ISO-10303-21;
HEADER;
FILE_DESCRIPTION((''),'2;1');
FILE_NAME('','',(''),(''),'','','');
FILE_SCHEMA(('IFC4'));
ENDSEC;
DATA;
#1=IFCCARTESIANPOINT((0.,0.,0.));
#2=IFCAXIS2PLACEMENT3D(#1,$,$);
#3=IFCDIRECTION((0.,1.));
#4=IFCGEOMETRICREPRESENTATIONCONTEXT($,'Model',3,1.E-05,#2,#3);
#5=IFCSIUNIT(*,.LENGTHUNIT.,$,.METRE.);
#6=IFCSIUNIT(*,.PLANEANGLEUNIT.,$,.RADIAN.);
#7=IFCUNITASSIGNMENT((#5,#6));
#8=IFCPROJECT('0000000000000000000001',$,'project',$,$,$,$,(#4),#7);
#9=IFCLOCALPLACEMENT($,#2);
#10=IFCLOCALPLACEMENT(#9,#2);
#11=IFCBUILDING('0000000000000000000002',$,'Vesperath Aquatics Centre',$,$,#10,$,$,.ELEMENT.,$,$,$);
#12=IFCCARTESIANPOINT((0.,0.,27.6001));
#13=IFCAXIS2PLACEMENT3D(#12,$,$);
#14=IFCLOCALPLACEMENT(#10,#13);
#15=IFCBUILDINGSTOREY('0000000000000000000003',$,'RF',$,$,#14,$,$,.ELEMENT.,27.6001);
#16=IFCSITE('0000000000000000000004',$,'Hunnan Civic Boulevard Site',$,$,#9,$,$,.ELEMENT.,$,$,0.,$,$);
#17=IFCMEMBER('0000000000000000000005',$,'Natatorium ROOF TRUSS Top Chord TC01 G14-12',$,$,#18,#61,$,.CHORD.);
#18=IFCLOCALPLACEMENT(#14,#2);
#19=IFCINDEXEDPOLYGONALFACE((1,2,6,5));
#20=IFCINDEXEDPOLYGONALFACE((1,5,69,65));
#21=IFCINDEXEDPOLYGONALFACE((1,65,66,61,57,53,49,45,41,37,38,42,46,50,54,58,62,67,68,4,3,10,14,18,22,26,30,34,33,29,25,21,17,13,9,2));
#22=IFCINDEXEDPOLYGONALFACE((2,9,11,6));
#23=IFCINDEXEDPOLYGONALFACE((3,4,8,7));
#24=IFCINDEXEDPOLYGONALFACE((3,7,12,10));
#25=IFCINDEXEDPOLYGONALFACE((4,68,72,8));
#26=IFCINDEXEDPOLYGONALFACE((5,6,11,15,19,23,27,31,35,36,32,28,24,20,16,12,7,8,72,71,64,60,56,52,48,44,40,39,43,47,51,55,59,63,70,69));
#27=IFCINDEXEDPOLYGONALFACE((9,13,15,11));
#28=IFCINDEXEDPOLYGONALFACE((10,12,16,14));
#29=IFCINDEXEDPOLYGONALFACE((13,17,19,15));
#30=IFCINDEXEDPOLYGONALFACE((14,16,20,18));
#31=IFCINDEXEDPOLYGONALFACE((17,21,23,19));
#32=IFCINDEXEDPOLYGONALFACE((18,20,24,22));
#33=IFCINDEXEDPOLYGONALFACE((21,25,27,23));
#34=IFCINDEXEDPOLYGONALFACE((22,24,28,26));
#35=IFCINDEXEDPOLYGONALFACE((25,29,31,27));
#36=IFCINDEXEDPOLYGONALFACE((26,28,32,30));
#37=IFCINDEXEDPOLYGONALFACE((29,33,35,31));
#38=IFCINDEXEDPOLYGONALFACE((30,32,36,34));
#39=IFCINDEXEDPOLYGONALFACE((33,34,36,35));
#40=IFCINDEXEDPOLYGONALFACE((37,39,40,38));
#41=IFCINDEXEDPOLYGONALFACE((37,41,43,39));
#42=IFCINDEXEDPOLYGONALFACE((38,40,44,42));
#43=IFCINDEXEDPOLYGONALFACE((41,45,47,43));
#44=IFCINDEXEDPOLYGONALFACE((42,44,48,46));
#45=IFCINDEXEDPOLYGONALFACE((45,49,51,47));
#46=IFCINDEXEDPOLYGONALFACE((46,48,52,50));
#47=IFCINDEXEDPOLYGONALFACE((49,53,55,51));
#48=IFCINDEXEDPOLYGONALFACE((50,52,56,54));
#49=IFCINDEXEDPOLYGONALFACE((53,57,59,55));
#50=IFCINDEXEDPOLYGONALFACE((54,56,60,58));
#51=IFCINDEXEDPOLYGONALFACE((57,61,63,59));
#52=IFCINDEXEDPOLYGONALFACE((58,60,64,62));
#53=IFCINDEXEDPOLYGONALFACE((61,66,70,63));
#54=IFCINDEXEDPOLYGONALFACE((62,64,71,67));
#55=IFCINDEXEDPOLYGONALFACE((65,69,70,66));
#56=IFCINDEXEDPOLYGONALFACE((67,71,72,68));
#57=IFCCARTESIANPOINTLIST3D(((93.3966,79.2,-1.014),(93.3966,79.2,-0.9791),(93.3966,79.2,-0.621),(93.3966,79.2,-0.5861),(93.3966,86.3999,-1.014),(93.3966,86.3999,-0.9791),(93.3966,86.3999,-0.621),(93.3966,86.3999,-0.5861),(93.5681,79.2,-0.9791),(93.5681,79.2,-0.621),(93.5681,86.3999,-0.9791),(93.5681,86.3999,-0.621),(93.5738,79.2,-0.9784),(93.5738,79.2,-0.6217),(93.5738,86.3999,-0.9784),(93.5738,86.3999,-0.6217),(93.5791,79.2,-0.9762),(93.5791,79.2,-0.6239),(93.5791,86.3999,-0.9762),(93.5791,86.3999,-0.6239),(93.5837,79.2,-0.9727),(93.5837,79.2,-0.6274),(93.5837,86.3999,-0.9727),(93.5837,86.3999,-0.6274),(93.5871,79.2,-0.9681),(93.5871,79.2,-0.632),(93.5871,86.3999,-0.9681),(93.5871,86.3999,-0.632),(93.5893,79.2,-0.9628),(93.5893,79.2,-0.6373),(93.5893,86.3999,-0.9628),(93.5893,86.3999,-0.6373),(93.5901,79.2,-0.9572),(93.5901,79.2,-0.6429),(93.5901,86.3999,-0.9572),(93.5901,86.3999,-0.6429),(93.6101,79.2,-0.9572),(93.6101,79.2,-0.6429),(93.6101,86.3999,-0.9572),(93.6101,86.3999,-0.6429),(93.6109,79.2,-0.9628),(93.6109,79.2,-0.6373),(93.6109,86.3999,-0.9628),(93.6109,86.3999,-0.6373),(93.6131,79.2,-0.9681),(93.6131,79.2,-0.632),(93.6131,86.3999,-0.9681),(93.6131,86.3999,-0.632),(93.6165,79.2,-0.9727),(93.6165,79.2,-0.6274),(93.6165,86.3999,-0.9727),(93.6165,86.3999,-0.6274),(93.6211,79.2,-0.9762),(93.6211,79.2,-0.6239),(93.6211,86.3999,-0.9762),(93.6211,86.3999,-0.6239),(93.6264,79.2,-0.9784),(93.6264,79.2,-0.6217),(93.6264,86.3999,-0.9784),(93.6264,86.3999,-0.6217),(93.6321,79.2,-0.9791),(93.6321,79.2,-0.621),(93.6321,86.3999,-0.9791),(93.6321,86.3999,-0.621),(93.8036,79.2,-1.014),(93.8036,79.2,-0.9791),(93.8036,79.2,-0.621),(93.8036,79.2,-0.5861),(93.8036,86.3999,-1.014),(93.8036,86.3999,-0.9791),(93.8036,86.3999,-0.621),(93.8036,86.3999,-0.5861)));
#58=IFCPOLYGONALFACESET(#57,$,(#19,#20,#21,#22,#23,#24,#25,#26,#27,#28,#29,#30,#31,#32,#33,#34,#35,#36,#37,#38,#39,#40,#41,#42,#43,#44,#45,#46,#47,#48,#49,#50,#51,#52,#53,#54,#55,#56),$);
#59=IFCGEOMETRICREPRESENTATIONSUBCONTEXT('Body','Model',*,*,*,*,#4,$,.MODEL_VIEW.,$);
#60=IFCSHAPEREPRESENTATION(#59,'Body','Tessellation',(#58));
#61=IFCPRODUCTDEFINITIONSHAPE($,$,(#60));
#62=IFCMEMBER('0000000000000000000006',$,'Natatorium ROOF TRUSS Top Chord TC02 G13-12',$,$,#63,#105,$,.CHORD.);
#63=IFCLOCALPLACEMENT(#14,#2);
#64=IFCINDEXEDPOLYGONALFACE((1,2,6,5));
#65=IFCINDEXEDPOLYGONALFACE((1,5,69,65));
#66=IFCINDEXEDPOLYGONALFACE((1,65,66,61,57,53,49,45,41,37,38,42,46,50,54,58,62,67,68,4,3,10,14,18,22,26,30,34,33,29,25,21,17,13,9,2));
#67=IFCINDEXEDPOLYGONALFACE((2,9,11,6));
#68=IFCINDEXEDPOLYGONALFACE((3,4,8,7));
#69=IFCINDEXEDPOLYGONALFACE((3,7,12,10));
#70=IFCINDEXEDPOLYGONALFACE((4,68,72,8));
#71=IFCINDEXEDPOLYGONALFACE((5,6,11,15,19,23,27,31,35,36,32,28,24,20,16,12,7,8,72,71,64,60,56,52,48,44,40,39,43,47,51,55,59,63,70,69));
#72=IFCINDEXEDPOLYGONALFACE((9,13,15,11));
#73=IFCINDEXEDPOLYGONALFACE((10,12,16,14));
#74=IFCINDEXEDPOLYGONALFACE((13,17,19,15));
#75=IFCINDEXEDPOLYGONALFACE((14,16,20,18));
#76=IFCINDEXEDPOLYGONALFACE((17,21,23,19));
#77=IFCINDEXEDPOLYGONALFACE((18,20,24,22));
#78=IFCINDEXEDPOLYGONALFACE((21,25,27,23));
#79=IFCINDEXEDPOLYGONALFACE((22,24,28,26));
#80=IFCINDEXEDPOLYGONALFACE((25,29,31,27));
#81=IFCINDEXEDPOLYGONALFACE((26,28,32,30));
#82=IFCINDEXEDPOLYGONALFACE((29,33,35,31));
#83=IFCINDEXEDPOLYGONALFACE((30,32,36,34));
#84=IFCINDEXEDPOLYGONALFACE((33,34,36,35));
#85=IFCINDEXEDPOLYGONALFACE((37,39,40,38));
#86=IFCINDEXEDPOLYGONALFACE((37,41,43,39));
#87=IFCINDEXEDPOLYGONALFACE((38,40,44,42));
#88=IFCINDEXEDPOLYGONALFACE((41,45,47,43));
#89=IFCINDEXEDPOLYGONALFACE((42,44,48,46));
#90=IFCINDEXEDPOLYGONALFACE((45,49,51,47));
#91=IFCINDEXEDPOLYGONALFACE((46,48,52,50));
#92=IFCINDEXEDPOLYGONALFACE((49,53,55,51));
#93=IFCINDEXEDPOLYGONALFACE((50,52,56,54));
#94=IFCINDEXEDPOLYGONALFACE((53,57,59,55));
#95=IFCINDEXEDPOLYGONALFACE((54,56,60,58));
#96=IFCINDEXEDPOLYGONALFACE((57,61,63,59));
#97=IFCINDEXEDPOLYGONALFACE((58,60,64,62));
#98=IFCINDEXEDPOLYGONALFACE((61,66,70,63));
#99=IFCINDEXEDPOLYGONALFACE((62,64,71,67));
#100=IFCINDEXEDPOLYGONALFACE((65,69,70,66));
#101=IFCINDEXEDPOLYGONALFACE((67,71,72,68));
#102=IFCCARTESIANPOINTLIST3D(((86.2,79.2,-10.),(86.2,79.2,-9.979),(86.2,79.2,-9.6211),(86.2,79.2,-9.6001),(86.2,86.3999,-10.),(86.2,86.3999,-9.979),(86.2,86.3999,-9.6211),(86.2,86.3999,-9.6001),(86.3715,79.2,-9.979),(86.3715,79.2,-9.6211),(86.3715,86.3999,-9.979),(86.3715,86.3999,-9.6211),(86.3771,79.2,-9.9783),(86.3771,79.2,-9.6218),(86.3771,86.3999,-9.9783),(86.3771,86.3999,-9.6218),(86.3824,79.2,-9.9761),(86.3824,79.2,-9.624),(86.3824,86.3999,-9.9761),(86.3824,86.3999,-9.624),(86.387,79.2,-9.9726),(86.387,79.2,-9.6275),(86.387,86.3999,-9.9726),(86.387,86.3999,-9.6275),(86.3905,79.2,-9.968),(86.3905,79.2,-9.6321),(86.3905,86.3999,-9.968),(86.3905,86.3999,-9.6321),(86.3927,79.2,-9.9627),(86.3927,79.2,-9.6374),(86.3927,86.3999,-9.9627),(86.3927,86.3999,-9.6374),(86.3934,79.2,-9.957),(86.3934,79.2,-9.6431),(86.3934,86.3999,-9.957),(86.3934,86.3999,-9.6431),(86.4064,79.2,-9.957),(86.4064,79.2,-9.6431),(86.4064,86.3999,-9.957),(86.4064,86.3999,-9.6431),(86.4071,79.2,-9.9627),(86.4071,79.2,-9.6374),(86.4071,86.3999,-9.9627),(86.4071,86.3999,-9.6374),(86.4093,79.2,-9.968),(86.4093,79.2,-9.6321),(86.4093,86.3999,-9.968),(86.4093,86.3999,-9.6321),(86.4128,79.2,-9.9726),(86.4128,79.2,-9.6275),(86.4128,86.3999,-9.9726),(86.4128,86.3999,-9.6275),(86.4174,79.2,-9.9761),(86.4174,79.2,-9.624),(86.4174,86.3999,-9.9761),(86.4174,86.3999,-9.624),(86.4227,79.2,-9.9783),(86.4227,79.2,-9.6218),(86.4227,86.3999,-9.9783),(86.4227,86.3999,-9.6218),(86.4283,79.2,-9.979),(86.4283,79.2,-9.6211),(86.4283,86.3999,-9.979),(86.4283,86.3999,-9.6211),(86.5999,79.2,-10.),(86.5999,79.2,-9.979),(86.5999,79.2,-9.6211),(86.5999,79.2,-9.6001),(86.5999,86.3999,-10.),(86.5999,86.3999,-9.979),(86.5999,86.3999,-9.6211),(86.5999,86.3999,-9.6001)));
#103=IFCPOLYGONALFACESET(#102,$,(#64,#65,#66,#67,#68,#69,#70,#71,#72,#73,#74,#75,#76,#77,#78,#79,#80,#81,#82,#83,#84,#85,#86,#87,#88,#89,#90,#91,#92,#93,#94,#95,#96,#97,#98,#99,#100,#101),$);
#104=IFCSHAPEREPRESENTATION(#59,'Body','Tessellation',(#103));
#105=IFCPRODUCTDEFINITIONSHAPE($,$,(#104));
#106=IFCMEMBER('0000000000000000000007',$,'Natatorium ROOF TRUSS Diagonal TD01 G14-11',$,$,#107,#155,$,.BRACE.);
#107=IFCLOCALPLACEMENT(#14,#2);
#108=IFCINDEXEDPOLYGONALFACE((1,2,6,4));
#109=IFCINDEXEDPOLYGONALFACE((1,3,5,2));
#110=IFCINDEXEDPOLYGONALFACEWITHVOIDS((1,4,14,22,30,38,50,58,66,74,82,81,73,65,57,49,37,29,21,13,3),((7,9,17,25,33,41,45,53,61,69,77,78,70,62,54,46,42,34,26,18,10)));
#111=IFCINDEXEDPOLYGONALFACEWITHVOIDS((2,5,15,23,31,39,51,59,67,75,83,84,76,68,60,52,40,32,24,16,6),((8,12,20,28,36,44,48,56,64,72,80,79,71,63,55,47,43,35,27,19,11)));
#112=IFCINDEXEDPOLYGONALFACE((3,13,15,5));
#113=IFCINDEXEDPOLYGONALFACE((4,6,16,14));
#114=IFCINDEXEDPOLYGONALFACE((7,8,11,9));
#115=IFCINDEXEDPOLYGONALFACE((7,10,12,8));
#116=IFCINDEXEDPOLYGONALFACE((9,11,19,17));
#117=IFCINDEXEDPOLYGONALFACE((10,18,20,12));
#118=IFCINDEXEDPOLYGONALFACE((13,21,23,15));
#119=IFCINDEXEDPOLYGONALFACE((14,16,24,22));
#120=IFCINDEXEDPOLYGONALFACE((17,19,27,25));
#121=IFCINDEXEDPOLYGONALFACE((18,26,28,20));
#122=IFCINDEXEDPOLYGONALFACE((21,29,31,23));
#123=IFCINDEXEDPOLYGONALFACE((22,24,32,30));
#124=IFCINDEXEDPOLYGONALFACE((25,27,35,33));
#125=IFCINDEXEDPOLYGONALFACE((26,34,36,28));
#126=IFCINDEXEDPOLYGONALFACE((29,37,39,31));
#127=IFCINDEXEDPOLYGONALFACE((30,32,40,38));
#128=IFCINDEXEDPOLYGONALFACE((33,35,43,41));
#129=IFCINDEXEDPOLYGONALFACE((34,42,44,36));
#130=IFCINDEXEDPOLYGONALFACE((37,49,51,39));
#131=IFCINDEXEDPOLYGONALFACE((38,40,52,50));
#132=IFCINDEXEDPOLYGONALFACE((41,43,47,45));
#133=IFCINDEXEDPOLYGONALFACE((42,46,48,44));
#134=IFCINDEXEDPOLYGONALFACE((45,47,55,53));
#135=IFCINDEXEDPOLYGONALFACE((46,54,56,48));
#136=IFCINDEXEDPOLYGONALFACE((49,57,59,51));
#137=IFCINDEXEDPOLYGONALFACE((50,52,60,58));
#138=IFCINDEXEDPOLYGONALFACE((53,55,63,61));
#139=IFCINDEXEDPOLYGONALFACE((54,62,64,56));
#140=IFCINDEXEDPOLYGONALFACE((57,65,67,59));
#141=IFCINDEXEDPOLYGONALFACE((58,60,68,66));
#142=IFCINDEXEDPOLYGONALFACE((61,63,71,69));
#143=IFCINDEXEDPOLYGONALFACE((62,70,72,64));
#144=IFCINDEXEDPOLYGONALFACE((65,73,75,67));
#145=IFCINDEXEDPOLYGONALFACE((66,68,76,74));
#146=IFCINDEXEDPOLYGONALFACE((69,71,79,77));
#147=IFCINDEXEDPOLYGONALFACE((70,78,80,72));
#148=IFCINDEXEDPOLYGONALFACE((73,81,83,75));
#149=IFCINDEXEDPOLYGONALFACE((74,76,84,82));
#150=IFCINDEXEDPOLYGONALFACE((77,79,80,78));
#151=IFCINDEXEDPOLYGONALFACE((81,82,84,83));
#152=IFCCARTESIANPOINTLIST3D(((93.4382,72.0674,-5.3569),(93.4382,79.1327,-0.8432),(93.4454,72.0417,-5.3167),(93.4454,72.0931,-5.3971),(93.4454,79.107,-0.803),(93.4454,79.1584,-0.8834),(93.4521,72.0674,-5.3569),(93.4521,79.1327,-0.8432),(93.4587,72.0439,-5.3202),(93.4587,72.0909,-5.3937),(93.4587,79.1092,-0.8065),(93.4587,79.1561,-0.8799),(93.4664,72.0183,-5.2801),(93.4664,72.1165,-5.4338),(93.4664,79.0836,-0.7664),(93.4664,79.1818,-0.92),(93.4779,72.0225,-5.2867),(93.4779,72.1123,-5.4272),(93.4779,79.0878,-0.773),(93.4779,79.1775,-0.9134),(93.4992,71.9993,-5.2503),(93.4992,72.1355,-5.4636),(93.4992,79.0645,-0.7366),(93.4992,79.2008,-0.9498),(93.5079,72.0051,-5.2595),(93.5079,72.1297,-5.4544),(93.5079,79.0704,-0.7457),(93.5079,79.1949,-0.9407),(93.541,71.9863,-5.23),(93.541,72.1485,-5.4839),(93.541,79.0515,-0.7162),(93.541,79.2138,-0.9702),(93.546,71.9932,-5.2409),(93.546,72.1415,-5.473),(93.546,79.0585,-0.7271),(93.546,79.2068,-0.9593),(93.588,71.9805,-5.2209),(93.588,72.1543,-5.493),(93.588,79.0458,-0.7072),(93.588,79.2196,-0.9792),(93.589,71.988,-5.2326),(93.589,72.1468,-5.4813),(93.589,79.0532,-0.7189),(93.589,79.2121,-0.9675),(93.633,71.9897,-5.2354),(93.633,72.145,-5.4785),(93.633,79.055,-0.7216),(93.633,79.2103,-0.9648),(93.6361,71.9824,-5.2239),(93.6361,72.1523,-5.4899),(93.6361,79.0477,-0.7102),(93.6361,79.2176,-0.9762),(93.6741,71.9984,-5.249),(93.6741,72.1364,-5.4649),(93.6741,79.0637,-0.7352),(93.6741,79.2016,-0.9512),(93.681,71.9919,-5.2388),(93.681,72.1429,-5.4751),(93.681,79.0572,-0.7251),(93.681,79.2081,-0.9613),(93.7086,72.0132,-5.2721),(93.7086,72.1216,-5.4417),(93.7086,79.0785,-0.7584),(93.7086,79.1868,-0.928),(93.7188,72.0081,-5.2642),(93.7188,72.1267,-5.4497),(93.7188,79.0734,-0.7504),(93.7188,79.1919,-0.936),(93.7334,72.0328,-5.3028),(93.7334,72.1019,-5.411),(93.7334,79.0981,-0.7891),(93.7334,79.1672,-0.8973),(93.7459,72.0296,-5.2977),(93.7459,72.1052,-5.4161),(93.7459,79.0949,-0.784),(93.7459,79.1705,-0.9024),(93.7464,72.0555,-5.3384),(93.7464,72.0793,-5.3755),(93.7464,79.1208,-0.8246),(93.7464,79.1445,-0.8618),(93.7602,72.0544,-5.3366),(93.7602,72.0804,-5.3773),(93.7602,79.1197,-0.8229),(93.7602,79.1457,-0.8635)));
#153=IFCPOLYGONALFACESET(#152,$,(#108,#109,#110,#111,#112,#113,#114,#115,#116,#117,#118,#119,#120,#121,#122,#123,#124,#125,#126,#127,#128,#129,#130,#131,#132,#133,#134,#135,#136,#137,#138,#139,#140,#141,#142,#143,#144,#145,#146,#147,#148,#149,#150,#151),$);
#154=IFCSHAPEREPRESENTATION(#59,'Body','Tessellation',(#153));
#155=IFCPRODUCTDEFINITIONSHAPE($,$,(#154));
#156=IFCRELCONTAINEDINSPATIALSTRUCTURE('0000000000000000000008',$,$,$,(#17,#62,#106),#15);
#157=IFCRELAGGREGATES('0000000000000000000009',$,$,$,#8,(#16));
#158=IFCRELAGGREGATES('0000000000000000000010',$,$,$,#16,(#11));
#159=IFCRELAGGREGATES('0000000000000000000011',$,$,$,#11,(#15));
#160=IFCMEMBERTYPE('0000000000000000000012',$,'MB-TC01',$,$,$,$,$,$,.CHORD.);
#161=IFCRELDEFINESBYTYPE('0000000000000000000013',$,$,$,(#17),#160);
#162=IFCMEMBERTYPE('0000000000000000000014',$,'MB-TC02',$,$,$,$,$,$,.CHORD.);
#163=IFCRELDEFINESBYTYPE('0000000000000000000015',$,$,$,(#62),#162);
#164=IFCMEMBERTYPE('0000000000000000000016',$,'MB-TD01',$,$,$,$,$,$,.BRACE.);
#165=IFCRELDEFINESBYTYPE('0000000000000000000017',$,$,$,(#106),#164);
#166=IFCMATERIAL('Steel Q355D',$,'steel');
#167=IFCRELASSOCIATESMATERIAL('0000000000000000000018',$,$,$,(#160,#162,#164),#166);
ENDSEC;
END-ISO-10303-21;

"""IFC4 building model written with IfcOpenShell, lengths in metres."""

from ifc_helpers import new_model, si_unit, direction, frame, origin, origin_2d, place, context, subcontext, project, spatial, hollow_circle, i_section, extrude, material, material_profile, profile_set, type_object, element, save


model = new_model("IFC4")

# Units and contexts
model_context = context("Model", 3, precision=1e-05, world=origin(), true_north=direction((0.0, 1.0)))
body_context = subcontext(model_context, "Body", "Model", "MODEL_VIEW")
ifc_project = project(units=[si_unit("LENGTHUNIT", "METRE"), si_unit("PLANEANGLEUNIT", "RADIAN")], contexts=[model_context])

# Site, building, storey
site_placement = place(None, origin())
site = spatial("IfcSite", under=ifc_project, at=site_placement, Name="Hunnan Civic Boulevard Site", CompositionType="ELEMENT", RefElevation=0.0)
building_placement = place(site_placement, origin())
building = spatial("IfcBuilding", under=site, at=building_placement, Name="Vesperath Aquatics Centre", CompositionType="ELEMENT")
storey_placement = place(building_placement, frame((0.0, 0.0, 27.6001)))
storey = spatial("IfcBuildingStorey", under=building, at=storey_placement, Name="RF", CompositionType="ELEMENT", Elevation=27.6001)

# Members
ifc_material_1 = material(Name="Steel Q355D", Category="steel")
ifc_material_profile_1 = material_profile(ifc_material_1, i_section(OverallWidth=0.407, OverallDepth=0.428, WebThickness=0.02, FlangeThickness=0.0349, FilletRadius=0.022, at=origin_2d()), Name="HW 428x407x20x35")
ifc_profile_set_1 = profile_set([ifc_material_profile_1], Name="Steel Q355D")
member_type_1 = type_object("IfcMemberType", Name="MB-TC01", PredefinedType="CHORD", material=ifc_profile_set_1)
for number, where, z_axis, x_axis, name in (
    (1, (93.6001, 79.2, -0.8), (0.0, 1.0, 0.0), (-1.0, 0.0, 0.0), "Natatorium ROOF TRUSS Top Chord TC01 G14-12"),
):
    element("IfcMember", number, at=place(storey_placement, frame(where, z_axis=z_axis, x_axis=x_axis)), inside=storey, type_object=member_type_1, Name=name, PredefinedType="CHORD", context=body_context, shape_type="SweptSolid", body=[
        extrude(i_section(OverallWidth=0.407, OverallDepth=0.428, WebThickness=0.02, FlangeThickness=0.0349, FilletRadius=0.022, at=origin_2d()), origin(), (0.0, 0.0, 1.0), 7.2),
    ])
ifc_material_profile_2 = material_profile(ifc_material_1, i_section(OverallWidth=0.3999, OverallDepth=0.3999, WebThickness=0.0129, FlangeThickness=0.021, FilletRadius=0.022, at=origin_2d()), Name="HW 400x400x13x21")
ifc_profile_set_2 = profile_set([ifc_material_profile_2], Name="Steel Q355D")
member_type_2 = type_object("IfcMemberType", Name="MB-TC02", PredefinedType="CHORD", material=ifc_profile_set_2)
member_1_placement = place(storey_placement, frame((86.3999, 79.2, -9.8), z_axis=(0.0, 1.0, 0.0), x_axis=(-1.0, 0.0, 0.0)))
element("IfcMember", 2, at=member_1_placement, inside=storey, type_object=member_type_2, Name="Natatorium ROOF TRUSS Top Chord TC02 G13-12", PredefinedType="CHORD", context=body_context, shape_type="SweptSolid", body=[
    extrude(i_section(OverallWidth=0.3999, OverallDepth=0.3999, WebThickness=0.0129, FlangeThickness=0.021, FilletRadius=0.022, at=origin_2d()), origin(), (0.0, 0.0, 1.0), 7.2),
])
ifc_material_profile_3 = material_profile(ifc_material_1, hollow_circle(Radius=0.1619, WallThickness=0.0139, at=origin_2d()), Name="CHS 323.9x14")
ifc_profile_set_3 = profile_set([ifc_material_profile_3], Name="Steel Q355D")
member_type_3 = type_object("IfcMemberType", Name="MB-TD01", PredefinedType="BRACE", material=ifc_profile_set_3)
member_2_placement = place(storey_placement, frame((93.6001, 72.0674, -5.3569), z_axis=(0.0, 0.842707, 0.538373), x_axis=(-1.0, 0.0, 0.0)))
element("IfcMember", 3, at=member_2_placement, inside=storey, type_object=member_type_3, Name="Natatorium ROOF TRUSS Diagonal TD01 G14-11", PredefinedType="BRACE", context=body_context, shape_type="SweptSolid", body=[
    extrude(hollow_circle(Radius=0.1619, WallThickness=0.0139, at=origin_2d()), origin(), (0.0, 0.0, 1.0), 8.384),
])

save(model, "model.ifc")
